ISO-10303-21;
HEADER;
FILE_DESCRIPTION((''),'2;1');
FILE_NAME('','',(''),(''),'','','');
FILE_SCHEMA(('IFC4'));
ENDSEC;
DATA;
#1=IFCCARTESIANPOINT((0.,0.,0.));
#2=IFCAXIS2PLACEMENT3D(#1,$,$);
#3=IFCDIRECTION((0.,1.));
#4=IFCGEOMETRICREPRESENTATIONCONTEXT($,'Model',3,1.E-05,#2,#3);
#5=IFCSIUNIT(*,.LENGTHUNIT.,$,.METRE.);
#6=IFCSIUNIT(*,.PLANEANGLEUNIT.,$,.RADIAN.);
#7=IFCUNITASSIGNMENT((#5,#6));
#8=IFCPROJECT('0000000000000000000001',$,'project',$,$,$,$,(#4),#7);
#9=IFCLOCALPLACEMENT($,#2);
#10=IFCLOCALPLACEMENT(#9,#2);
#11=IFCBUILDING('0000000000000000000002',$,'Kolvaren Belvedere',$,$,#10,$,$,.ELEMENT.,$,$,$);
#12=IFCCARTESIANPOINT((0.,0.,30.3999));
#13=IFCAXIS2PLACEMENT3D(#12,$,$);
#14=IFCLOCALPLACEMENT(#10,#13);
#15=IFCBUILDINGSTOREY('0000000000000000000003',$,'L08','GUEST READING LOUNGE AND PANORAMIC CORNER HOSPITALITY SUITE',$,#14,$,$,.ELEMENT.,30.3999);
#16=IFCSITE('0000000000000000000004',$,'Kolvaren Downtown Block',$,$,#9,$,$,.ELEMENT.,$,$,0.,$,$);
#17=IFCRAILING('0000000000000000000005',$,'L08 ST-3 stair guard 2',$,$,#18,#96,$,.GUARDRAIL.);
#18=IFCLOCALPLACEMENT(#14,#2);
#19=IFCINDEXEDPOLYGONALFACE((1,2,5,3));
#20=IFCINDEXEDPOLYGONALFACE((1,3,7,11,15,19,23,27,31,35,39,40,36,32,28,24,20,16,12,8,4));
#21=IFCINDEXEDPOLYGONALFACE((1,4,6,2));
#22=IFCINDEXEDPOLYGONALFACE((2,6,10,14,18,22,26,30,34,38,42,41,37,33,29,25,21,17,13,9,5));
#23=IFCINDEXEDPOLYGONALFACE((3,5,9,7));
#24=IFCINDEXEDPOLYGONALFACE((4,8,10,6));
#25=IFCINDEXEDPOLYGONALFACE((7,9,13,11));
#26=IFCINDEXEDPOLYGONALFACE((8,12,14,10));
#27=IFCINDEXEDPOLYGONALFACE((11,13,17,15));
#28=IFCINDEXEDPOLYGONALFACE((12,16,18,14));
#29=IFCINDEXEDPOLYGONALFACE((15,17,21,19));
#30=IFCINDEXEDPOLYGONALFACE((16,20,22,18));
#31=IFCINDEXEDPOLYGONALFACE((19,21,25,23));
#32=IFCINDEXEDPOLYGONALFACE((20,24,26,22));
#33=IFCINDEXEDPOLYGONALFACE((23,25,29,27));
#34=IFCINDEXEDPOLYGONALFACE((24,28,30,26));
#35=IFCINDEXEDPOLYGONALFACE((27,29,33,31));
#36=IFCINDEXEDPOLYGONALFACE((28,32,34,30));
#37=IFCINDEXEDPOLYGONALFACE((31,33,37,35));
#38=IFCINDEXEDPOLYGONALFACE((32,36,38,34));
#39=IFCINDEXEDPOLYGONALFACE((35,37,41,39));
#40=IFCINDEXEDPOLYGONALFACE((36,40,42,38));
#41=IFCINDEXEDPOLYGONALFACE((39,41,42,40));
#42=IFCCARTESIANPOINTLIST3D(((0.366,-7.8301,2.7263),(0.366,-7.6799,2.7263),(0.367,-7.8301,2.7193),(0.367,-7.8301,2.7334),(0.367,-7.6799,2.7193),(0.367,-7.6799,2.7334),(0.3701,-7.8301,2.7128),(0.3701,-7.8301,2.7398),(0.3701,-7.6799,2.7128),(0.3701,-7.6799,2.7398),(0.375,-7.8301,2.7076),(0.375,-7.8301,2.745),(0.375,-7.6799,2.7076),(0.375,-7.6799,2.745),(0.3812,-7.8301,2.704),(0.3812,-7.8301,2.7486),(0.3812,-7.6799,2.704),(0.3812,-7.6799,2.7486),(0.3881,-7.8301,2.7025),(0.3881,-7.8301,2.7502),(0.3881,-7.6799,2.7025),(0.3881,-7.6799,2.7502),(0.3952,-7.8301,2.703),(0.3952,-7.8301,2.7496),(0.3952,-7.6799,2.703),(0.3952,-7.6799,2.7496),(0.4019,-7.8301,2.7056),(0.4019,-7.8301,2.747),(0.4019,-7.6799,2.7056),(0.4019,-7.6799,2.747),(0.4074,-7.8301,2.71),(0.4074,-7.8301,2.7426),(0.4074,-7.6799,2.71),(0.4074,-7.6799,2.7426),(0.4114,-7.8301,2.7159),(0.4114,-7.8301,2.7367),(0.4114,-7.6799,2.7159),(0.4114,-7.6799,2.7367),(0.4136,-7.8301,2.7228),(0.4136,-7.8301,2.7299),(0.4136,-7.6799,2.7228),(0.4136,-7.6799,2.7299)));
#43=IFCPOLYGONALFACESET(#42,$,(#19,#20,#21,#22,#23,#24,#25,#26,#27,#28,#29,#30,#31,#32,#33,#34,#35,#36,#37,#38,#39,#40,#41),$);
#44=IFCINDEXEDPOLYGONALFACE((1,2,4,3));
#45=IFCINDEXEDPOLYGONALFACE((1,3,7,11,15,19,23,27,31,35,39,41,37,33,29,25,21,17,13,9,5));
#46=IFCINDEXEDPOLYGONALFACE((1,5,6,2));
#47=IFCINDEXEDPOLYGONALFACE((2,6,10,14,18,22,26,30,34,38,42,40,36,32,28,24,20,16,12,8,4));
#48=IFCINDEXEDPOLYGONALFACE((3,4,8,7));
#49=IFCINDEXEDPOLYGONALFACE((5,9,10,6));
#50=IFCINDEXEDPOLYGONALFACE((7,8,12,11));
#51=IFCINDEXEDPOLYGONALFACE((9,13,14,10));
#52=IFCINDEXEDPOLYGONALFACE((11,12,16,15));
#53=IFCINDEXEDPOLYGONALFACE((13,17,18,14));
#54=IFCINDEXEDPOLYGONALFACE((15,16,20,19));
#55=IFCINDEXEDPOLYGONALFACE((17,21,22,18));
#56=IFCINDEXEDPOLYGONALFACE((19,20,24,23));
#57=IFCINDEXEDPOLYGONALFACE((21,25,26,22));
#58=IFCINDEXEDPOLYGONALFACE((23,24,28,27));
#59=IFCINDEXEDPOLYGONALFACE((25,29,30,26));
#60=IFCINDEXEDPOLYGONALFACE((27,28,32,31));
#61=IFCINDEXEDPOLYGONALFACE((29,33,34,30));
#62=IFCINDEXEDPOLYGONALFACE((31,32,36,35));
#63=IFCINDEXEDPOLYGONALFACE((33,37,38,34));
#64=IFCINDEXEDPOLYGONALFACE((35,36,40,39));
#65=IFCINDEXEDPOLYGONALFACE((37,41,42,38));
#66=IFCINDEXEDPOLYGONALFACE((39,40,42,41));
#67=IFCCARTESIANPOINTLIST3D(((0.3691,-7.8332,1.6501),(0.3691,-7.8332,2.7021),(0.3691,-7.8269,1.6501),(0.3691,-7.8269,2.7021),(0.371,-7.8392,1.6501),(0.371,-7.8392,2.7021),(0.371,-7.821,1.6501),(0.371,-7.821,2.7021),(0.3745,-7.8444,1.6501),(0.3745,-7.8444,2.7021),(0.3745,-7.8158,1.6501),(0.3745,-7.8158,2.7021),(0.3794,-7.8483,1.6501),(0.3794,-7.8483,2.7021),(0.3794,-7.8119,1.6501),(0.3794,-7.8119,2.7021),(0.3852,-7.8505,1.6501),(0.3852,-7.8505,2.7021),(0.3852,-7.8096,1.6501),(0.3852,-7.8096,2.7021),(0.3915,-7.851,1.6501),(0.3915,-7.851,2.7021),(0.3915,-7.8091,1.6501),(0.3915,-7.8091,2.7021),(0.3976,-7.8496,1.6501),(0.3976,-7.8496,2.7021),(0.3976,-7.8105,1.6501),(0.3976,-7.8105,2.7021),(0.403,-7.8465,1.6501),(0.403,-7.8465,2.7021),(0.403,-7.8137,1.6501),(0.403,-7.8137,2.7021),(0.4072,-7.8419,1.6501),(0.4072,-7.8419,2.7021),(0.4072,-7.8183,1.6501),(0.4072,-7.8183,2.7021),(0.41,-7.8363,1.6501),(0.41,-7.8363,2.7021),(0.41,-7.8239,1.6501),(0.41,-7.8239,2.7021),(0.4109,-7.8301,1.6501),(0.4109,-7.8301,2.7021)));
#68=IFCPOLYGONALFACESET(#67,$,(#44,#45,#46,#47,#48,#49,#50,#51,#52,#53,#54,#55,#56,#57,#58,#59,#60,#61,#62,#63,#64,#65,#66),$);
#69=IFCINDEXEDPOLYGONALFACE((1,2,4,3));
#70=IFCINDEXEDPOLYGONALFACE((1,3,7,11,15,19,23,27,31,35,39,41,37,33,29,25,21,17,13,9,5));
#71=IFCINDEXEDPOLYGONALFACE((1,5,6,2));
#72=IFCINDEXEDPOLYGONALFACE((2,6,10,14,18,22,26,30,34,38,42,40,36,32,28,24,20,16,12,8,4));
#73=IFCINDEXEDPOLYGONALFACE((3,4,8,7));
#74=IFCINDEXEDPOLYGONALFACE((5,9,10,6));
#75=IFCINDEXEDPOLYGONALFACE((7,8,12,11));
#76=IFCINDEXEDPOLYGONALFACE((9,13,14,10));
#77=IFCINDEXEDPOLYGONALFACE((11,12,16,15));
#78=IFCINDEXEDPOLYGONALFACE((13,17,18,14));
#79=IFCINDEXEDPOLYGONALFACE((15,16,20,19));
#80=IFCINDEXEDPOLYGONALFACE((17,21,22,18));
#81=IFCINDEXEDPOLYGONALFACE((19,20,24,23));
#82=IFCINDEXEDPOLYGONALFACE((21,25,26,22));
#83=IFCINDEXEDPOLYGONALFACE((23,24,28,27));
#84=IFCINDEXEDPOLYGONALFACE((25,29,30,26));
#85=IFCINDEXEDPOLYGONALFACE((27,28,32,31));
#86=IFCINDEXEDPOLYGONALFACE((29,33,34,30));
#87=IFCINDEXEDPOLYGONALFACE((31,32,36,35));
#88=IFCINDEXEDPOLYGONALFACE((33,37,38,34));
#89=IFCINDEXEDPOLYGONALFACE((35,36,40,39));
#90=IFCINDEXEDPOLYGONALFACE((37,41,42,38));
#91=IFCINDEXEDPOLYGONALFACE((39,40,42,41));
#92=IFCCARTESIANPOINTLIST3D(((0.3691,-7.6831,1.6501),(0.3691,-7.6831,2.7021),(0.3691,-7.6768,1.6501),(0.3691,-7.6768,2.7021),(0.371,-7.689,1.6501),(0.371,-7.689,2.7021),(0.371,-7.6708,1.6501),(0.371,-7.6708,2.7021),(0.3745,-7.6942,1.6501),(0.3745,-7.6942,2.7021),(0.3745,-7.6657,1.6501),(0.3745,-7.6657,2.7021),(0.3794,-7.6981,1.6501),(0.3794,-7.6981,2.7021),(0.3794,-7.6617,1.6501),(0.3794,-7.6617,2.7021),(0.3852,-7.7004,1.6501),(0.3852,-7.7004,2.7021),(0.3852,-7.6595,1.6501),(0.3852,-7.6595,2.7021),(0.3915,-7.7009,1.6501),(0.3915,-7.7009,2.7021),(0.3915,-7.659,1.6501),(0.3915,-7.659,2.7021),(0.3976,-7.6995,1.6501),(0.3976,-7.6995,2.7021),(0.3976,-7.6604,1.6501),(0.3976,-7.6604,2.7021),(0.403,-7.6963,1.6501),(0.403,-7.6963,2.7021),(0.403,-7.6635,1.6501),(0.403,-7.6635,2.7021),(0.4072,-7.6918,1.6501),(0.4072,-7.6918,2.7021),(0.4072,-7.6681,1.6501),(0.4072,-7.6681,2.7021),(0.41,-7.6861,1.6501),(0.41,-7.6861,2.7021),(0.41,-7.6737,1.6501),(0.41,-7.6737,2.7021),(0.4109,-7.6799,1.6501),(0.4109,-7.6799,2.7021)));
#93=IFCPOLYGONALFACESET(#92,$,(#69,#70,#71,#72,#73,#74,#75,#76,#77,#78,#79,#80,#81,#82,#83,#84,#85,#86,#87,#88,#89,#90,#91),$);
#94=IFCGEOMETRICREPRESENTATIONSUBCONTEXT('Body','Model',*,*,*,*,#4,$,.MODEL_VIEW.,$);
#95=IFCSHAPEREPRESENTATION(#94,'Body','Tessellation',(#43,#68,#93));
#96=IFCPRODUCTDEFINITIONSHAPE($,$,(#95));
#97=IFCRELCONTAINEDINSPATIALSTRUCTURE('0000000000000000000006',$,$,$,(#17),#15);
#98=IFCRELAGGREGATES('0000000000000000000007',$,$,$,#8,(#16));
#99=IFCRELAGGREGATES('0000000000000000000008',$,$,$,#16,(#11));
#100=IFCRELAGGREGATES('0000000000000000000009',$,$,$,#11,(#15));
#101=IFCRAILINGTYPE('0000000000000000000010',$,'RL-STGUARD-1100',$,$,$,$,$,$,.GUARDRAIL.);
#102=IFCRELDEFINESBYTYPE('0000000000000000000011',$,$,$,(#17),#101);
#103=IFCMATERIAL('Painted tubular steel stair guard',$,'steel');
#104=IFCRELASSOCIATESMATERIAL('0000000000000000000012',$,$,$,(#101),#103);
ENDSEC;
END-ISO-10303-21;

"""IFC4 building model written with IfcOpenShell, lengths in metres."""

from ifc_helpers import new_model, si_unit, direction, frame, origin, origin_2d, place, context, subcontext, project, spatial, circle, extrude, material, type_object, element, save


model = new_model("IFC4")

# Units and contexts
model_context = context("Model", 3, precision=1e-05, world=origin(), true_north=direction((0.0, 1.0)))
body_context = subcontext(model_context, "Body", "Model", "MODEL_VIEW")
ifc_project = project(units=[si_unit("LENGTHUNIT", "METRE"), si_unit("PLANEANGLEUNIT", "RADIAN")], contexts=[model_context])

# Site, building, storey
site_placement = place(None, origin())
site = spatial("IfcSite", under=ifc_project, at=site_placement, Name="Kolvaren Downtown Block", CompositionType="ELEMENT", RefElevation=0.0)
building_placement = place(site_placement, origin())
building = spatial("IfcBuilding", under=site, at=building_placement, Name="Kolvaren Belvedere", CompositionType="ELEMENT")
storey_placement = place(building_placement, frame((0.0, 0.0, 30.3999)))
storey = spatial("IfcBuildingStorey", under=building, at=storey_placement, Name="L08", Description="GUEST READING LOUNGE AND PANORAMIC CORNER HOSPITALITY SUITE", CompositionType="ELEMENT", Elevation=30.3999)

# Railing
ifc_material_1 = material(Name="Painted tubular steel stair guard", Category="steel")
railing_type_1 = type_object("IfcRailingType", Name="RL-STGUARD-1100", PredefinedType="GUARDRAIL", material=ifc_material_1)
railing_1_placement = place(storey_placement, frame((0.3899, -7.8301, 1.6501)))
element("IfcRailing", 1, at=railing_1_placement, inside=storey, type_object=railing_type_1, Name="L08 ST-3 stair guard 2", PredefinedType="GUARDRAIL", context=body_context, shape_type="SweptSolid", body=[
    extrude(circle(Radius=0.0239, at=origin_2d()), frame((0.0, 0.0, 1.0762), z_axis=(0.0, 1.0, 0.0), x_axis=(-1.0, 0.0, 0.0)), (0.0, 0.0, 1.0), 0.1501),
    extrude(circle(Radius=0.021, at=origin_2d()), origin(), (0.0, 0.0, 1.0), 1.052),
    extrude(circle(Radius=0.021, at=origin_2d()), frame((0.0, 0.1501, 0.0)), (0.0, 0.0, 1.0), 1.052),
])

save(model, "model.ifc")
